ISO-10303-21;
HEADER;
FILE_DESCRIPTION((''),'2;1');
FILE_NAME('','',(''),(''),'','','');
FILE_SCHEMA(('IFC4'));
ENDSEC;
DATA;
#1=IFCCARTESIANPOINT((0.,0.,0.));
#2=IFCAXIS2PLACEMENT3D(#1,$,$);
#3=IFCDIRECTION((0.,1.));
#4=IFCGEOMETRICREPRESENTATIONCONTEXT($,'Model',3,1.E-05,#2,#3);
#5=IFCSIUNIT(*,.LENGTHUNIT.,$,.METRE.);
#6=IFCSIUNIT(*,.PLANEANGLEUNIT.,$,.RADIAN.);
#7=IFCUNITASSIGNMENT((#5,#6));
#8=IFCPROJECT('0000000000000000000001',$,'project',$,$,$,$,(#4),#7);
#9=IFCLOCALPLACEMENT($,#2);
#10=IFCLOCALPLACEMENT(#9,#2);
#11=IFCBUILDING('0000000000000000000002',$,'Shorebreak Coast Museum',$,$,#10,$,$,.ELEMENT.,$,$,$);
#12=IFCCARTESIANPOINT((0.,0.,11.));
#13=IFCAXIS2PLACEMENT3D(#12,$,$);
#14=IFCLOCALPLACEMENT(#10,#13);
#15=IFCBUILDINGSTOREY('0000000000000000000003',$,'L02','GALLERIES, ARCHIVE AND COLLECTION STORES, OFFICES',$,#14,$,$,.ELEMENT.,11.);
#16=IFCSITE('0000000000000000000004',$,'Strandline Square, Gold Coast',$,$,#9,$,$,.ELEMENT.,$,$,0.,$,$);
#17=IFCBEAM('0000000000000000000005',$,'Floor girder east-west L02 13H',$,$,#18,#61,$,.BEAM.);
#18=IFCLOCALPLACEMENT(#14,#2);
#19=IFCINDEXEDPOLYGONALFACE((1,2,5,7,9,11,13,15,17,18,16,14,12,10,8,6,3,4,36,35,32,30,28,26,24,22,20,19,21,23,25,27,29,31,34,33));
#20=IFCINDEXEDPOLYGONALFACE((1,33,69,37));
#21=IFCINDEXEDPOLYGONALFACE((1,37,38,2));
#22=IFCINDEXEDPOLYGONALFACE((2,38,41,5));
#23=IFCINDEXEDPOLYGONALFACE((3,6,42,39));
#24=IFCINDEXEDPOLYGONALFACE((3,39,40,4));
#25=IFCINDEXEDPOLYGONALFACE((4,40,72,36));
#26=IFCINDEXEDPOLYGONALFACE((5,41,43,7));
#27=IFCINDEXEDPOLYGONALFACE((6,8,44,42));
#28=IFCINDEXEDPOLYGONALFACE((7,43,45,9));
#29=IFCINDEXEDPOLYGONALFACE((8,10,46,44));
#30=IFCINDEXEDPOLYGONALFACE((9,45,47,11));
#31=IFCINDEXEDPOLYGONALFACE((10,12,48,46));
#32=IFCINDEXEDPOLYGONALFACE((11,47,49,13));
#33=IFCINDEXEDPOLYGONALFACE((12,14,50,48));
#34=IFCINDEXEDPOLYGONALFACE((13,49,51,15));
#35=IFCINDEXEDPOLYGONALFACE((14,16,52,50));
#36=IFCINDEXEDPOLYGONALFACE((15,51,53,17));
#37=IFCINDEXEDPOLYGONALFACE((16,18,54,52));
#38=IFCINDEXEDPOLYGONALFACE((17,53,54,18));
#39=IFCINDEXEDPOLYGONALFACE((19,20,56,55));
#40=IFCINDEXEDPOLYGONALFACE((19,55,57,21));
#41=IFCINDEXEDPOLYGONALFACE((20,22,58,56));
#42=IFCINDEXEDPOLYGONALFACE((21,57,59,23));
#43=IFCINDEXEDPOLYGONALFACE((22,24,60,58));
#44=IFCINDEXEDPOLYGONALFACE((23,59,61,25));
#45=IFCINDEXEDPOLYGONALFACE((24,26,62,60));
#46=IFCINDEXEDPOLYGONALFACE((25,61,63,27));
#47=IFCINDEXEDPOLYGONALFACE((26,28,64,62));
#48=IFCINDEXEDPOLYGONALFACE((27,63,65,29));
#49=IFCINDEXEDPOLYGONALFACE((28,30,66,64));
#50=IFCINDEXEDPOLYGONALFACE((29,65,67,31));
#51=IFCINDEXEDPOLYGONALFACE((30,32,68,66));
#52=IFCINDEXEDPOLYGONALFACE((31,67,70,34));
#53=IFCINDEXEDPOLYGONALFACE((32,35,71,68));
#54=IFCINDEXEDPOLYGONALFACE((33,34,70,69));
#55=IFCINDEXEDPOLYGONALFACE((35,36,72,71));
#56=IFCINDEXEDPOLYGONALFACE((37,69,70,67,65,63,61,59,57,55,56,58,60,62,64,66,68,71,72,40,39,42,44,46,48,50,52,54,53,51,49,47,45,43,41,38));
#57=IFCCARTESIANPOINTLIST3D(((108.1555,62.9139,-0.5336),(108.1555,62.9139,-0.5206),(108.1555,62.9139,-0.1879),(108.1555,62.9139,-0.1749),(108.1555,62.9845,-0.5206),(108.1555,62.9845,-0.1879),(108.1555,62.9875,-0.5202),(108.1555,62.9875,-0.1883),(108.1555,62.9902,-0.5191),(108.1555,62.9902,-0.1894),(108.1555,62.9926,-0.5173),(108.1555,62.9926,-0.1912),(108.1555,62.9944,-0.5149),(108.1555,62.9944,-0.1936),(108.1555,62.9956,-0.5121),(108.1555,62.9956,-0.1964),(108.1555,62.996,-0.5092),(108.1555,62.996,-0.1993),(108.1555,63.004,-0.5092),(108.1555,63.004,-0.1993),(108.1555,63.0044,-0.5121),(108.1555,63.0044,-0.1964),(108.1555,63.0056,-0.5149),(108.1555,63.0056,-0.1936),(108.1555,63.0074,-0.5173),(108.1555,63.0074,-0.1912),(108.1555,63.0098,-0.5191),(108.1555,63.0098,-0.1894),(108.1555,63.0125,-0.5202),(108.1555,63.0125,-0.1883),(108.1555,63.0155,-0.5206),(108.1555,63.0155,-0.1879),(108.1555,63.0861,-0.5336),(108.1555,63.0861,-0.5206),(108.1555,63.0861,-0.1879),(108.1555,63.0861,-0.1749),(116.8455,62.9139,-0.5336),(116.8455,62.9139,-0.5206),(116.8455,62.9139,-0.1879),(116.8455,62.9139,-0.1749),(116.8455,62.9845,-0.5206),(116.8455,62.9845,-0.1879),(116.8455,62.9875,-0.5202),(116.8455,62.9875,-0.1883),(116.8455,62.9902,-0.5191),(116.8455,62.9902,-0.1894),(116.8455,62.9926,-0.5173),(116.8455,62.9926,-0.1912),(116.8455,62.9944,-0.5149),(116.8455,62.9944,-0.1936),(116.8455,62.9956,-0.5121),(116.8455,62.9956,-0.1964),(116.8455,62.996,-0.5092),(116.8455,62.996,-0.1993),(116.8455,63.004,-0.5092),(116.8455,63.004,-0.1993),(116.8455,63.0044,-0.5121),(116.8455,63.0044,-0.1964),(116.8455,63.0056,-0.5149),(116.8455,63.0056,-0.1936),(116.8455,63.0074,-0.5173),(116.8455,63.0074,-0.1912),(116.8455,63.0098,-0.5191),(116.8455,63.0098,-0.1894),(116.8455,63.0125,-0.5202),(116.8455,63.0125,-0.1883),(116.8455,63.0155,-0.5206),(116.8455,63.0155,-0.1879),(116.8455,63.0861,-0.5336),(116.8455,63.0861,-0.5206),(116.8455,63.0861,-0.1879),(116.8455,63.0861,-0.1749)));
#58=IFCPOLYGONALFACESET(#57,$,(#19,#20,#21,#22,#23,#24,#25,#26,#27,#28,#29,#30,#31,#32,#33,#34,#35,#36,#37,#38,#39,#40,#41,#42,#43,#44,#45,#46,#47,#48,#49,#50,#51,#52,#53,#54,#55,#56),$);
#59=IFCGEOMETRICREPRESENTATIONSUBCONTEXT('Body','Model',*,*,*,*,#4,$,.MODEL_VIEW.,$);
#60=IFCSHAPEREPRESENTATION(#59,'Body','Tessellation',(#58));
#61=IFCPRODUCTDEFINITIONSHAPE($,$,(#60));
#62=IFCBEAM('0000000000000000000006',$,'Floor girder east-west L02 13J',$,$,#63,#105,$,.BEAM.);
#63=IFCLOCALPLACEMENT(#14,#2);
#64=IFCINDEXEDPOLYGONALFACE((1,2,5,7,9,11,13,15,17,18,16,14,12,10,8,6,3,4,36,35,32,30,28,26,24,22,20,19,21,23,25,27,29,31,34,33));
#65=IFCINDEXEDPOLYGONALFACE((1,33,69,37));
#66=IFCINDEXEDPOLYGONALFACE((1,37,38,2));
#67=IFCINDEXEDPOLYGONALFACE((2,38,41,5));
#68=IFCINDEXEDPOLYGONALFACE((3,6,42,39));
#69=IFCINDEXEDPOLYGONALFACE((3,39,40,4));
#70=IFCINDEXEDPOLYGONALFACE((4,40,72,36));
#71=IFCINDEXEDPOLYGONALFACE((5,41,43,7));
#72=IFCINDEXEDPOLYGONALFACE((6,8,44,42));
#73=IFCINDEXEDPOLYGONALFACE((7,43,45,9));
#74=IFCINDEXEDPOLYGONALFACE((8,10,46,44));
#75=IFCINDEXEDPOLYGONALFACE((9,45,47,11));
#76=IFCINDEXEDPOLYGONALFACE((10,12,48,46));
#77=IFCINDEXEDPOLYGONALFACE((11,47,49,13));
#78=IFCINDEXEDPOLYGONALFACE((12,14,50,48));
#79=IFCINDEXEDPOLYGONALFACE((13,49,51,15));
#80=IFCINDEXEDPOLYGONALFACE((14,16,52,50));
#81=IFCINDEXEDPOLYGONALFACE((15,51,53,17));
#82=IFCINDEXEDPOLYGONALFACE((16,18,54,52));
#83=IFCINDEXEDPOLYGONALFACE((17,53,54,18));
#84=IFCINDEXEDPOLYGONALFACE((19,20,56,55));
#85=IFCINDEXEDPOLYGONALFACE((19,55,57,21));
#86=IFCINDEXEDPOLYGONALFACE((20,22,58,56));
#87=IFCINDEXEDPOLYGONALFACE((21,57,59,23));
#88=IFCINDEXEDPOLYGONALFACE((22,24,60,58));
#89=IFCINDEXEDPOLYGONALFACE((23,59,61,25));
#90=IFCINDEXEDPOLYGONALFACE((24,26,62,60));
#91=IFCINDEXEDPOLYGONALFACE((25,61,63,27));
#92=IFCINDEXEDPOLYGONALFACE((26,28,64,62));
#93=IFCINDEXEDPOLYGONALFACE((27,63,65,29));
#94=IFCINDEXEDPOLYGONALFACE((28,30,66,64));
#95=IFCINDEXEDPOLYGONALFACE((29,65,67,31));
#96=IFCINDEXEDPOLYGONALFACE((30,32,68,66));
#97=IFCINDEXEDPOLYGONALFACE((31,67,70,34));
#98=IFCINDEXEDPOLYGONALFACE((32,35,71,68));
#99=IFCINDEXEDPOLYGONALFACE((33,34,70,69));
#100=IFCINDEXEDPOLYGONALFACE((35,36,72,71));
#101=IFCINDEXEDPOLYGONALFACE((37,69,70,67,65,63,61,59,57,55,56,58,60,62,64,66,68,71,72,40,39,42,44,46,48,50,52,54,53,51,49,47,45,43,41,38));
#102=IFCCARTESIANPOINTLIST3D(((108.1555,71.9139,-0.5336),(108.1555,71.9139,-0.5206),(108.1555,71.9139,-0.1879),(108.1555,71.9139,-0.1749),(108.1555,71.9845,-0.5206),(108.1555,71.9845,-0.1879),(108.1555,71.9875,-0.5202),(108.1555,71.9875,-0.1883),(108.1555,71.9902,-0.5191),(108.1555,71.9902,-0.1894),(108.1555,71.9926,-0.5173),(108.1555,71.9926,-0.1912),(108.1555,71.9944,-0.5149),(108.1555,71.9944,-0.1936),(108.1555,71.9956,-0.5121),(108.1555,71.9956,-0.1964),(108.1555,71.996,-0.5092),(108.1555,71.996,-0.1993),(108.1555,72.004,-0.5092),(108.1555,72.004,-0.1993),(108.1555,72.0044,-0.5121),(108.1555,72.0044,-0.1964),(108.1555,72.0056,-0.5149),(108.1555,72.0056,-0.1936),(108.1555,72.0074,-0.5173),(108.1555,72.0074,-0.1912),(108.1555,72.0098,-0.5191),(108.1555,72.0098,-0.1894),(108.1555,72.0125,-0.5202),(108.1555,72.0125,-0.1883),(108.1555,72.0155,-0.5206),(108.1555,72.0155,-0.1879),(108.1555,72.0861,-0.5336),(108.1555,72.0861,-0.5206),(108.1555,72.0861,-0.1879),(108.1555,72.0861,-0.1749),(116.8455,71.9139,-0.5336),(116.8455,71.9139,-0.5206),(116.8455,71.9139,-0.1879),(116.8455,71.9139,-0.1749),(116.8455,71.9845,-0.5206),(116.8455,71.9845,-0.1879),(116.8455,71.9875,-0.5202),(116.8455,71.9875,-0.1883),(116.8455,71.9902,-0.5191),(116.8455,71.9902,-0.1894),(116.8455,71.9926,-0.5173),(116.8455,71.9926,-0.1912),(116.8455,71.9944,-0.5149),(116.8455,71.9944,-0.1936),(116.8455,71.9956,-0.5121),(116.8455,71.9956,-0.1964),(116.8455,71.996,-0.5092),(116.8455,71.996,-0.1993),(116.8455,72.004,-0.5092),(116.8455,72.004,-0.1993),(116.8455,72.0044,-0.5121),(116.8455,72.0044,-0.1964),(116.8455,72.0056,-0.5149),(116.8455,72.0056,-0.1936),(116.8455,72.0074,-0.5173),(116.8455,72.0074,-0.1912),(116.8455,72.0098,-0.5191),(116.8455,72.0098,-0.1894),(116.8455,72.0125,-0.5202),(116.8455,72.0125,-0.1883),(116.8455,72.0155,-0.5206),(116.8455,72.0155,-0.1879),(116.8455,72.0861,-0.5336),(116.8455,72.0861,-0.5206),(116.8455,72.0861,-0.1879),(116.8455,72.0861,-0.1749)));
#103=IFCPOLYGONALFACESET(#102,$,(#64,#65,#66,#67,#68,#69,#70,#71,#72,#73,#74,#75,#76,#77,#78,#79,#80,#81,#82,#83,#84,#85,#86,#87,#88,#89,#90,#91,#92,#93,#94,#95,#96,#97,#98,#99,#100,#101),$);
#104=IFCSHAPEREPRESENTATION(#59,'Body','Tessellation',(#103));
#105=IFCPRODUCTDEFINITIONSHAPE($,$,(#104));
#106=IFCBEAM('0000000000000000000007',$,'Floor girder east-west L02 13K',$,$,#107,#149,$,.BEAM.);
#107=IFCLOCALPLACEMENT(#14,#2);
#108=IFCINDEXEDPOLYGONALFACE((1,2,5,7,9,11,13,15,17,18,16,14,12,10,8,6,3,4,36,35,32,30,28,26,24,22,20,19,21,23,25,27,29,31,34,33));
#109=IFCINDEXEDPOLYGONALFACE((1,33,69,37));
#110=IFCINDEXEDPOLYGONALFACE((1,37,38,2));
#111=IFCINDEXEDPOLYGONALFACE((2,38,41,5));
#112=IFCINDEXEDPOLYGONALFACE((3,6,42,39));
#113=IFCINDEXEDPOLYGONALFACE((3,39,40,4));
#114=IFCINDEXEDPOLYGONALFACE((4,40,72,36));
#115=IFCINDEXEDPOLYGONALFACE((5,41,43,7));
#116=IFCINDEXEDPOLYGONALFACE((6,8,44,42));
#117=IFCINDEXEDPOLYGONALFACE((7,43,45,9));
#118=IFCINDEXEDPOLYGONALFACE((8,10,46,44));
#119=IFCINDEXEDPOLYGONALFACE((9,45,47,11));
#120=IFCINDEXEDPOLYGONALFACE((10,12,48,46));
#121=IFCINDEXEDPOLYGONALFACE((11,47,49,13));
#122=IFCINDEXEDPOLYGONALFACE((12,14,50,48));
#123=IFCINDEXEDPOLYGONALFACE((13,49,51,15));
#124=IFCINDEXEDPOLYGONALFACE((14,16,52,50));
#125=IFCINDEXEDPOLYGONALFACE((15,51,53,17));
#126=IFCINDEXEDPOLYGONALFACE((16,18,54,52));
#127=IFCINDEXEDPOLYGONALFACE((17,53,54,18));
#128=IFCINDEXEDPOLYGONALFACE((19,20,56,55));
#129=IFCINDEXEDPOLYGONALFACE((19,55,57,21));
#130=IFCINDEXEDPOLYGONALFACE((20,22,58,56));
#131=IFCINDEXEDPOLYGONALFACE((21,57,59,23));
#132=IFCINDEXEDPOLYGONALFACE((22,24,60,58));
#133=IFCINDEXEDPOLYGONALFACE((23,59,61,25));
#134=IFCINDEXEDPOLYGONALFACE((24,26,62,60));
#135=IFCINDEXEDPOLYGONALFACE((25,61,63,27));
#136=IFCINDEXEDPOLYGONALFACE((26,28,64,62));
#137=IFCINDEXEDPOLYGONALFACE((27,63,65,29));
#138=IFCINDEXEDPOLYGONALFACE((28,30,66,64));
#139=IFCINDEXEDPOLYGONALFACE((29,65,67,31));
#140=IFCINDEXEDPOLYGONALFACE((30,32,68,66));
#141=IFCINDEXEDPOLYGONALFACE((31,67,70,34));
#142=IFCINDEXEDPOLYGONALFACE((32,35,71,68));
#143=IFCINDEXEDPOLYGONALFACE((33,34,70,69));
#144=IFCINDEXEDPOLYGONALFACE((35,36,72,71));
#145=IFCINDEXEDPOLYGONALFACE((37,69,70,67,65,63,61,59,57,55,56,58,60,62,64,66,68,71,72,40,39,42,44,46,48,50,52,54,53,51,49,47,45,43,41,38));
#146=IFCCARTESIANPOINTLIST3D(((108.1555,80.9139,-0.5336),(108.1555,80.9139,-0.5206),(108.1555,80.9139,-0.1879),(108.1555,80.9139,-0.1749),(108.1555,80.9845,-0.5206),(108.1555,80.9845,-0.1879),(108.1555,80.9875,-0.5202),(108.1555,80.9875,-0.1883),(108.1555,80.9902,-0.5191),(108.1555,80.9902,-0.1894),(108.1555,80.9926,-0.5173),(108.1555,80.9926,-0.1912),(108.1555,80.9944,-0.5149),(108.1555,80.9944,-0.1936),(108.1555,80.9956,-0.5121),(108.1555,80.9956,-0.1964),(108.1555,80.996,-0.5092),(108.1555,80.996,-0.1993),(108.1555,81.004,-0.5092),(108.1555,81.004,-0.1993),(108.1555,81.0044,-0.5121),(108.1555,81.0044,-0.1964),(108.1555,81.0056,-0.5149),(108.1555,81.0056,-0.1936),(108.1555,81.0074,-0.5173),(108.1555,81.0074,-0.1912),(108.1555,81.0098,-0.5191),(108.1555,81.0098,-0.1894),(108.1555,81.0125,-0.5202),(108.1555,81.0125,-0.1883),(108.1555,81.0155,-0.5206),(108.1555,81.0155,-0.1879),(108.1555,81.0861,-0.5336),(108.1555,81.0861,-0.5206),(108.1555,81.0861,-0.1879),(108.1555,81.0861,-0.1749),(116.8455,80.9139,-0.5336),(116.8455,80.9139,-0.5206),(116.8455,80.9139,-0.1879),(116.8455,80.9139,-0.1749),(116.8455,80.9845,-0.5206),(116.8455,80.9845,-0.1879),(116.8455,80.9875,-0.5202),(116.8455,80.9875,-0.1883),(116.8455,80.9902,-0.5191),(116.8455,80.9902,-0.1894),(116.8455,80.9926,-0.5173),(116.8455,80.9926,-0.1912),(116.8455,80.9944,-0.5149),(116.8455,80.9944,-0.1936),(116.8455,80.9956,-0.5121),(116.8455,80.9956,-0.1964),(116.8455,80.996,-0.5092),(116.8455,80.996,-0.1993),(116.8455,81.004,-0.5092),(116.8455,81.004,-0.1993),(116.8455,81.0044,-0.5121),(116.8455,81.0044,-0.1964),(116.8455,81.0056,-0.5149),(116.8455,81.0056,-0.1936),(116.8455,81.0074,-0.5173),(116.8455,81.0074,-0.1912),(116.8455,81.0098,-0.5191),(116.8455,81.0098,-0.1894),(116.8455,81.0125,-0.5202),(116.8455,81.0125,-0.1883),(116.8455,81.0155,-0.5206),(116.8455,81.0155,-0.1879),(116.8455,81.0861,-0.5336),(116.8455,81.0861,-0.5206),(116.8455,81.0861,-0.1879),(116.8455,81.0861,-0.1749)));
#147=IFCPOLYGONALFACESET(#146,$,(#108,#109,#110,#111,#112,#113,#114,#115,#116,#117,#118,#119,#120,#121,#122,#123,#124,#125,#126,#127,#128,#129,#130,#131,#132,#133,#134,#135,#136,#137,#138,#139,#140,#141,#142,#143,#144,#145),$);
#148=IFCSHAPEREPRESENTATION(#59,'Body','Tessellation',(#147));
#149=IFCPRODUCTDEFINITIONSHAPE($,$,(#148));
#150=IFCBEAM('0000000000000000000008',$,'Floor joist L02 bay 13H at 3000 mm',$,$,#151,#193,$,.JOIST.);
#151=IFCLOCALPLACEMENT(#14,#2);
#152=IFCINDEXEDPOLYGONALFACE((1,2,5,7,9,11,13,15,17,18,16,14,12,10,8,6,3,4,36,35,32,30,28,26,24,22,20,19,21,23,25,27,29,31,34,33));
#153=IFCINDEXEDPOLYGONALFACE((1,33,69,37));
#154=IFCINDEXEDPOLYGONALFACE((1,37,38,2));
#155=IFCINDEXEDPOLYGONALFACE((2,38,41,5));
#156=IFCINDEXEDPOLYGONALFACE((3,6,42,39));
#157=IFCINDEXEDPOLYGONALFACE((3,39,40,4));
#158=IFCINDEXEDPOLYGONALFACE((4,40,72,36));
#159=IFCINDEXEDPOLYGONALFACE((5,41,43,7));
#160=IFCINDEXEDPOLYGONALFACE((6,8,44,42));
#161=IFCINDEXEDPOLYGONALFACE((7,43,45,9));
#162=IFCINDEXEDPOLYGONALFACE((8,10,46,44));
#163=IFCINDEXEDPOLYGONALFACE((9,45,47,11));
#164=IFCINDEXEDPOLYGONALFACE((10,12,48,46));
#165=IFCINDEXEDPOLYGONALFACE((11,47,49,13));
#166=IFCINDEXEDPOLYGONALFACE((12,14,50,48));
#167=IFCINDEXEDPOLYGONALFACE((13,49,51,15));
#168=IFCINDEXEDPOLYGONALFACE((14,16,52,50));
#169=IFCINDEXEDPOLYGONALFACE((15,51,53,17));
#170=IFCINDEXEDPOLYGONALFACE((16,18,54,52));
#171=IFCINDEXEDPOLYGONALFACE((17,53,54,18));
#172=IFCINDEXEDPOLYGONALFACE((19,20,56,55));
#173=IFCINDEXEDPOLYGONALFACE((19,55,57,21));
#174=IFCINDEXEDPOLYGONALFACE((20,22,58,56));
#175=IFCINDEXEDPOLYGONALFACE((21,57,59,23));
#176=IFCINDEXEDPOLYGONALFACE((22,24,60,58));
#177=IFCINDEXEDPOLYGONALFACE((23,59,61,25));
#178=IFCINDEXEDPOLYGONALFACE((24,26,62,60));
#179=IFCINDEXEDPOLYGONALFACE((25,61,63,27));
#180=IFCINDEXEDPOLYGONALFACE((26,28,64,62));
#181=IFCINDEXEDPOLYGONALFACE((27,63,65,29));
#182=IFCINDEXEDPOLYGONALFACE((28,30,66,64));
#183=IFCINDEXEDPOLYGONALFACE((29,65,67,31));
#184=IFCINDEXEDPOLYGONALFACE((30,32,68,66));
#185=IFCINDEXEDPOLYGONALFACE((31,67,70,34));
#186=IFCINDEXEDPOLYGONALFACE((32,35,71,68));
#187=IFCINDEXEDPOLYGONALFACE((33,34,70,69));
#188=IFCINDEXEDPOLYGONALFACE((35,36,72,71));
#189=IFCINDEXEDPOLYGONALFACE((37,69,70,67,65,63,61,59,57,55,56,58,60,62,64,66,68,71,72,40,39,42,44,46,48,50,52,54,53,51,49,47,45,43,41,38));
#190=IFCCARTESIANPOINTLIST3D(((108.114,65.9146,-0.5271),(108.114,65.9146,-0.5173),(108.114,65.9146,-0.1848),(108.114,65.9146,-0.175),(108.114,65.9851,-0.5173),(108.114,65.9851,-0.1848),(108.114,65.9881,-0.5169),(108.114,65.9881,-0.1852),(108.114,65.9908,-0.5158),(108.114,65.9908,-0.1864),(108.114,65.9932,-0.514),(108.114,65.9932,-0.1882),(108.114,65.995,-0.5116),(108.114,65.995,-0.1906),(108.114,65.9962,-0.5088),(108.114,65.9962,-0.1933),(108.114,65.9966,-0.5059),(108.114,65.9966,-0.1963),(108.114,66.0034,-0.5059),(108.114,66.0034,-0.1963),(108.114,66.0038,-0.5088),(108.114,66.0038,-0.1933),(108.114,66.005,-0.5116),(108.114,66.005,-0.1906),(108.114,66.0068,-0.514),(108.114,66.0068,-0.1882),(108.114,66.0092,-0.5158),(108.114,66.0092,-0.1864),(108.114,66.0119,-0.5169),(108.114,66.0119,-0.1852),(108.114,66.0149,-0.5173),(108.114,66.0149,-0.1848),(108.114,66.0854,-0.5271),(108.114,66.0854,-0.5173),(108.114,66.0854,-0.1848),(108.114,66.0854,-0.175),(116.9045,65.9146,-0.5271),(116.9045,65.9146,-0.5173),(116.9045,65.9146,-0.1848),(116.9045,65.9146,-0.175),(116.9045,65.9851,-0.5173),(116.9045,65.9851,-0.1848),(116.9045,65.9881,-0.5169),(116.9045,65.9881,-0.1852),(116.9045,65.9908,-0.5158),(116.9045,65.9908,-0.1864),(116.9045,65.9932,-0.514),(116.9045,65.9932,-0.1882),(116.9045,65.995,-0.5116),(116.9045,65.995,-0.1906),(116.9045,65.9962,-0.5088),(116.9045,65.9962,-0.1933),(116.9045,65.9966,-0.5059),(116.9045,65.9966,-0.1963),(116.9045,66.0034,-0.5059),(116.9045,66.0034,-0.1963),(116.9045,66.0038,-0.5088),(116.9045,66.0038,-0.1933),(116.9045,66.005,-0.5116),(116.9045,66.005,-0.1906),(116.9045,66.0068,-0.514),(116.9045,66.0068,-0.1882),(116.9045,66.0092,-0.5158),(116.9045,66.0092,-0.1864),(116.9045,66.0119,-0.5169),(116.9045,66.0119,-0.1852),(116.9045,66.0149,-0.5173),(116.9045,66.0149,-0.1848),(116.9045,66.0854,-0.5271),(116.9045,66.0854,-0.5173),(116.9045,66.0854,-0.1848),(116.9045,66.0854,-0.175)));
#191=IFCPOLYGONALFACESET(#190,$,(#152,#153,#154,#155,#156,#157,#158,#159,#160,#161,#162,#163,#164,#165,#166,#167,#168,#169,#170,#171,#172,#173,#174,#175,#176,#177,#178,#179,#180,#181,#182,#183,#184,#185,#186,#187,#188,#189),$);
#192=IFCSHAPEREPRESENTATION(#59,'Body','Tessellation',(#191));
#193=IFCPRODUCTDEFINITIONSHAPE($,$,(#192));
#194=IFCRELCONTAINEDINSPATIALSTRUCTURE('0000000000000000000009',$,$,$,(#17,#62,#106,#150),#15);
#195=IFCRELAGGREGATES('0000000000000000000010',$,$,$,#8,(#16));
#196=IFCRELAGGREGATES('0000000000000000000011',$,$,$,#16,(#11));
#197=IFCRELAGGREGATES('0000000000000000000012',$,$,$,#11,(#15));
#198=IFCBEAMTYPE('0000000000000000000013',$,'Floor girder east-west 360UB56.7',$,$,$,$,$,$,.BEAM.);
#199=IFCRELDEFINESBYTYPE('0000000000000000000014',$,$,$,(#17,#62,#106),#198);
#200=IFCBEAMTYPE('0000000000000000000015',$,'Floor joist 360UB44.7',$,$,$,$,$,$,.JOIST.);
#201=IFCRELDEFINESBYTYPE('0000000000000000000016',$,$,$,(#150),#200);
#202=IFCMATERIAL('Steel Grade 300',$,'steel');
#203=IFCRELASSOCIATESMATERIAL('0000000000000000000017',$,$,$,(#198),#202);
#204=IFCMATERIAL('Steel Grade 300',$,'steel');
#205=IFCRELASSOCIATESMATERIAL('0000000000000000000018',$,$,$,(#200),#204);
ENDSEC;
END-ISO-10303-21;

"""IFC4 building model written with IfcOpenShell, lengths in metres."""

from ifc_helpers import new_model, si_unit, direction, frame, origin, origin_2d, place, context, subcontext, project, spatial, i_section, extrude, material, material_profile, profile_set, type_object, element, save


model = new_model("IFC4")

# Units and contexts
model_context = context("Model", 3, precision=1e-05, world=origin(), true_north=direction((0.0, 1.0)))
body_context = subcontext(model_context, "Body", "Model", "MODEL_VIEW")
ifc_project = project(units=[si_unit("LENGTHUNIT", "METRE"), si_unit("PLANEANGLEUNIT", "RADIAN")], contexts=[model_context])

# Site, building, storey
site_placement = place(None, origin())
site = spatial("IfcSite", under=ifc_project, at=site_placement, Name="Strandline Square, Gold Coast", CompositionType="ELEMENT", RefElevation=0.0)
building_placement = place(site_placement, origin())
building = spatial("IfcBuilding", under=site, at=building_placement, Name="Shorebreak Coast Museum", CompositionType="ELEMENT")
storey_placement = place(building_placement, frame((0.0, 0.0, 11.0)))
storey = spatial("IfcBuildingStorey", under=building, at=storey_placement, Name="L02", Description="GALLERIES, ARCHIVE AND COLLECTION STORES, OFFICES", CompositionType="ELEMENT", Elevation=11.0)

# Beams
ifc_material_1 = material(Name="Steel Grade 300", Category="steel")
ifc_material_profile_1 = material_profile(ifc_material_1, i_section(OverallWidth=0.1721, OverallDepth=0.3586, WebThickness=0.0081, FlangeThickness=0.0129, FilletRadius=0.0115, at=origin_2d()), Name="360UB56.7")
ifc_profile_set_1 = profile_set([ifc_material_profile_1], Name="Steel Grade 300")
beam_type_1 = type_object("IfcBeamType", Name="Floor girder east-west 360UB56.7", PredefinedType="BEAM", material=ifc_profile_set_1)
for number, where, z_axis, x_axis, name in (
    (1, (108.1555, 63.0, -0.3542), (1.0, 0.0, 0.0), (0.0, 1.0, 0.0), "Floor girder east-west L02 13H"),
    (2, (108.1555, 72.0, -0.3542), (1.0, 0.0, 0.0), (0.0, 1.0, 0.0), "Floor girder east-west L02 13J"),
    (3, (108.1555, 81.0, -0.3542), (1.0, 0.0, 0.0), (0.0, 1.0, 0.0), "Floor girder east-west L02 13K"),
):
    element("IfcBeam", number, at=place(storey_placement, frame(where, z_axis=z_axis, x_axis=x_axis)), inside=storey, type_object=beam_type_1, Name=name, PredefinedType="BEAM", context=body_context, shape_type="SweptSolid", body=[
        extrude(i_section(OverallWidth=0.1721, OverallDepth=0.3586, WebThickness=0.0081, FlangeThickness=0.0129, FilletRadius=0.0115, at=origin_2d()), origin(), (0.0, 0.0, 1.0), 8.6899),
    ])
ifc_material_2 = material(Name="Steel Grade 300", Category="steel")
ifc_material_profile_2 = material_profile(ifc_material_2, i_section(OverallWidth=0.1709, OverallDepth=0.3521, WebThickness=0.0068, FlangeThickness=0.0098, FilletRadius=0.0115, at=origin_2d()), Name="360UB44.7")
ifc_profile_set_2 = profile_set([ifc_material_profile_2], Name="Steel Grade 300")
beam_type_2 = type_object("IfcBeamType", Name="Floor joist 360UB44.7", PredefinedType="JOIST", material=ifc_profile_set_2)
for number, where, z_axis, x_axis, name in (
    (4, (108.114, 66.0, -0.3511), (1.0, 0.0, 0.0), (0.0, 1.0, 0.0), "Floor joist L02 bay 13H at 3000 mm"),
):
    element("IfcBeam", number, at=place(storey_placement, frame(where, z_axis=z_axis, x_axis=x_axis)), inside=storey, type_object=beam_type_2, Name=name, PredefinedType="JOIST", context=body_context, shape_type="SweptSolid", body=[
        extrude(i_section(OverallWidth=0.1709, OverallDepth=0.3521, WebThickness=0.0068, FlangeThickness=0.0098, FilletRadius=0.0115, at=origin_2d()), origin(), (0.0, 0.0, 1.0), 8.7905),
    ])

save(model, "model.ifc")
